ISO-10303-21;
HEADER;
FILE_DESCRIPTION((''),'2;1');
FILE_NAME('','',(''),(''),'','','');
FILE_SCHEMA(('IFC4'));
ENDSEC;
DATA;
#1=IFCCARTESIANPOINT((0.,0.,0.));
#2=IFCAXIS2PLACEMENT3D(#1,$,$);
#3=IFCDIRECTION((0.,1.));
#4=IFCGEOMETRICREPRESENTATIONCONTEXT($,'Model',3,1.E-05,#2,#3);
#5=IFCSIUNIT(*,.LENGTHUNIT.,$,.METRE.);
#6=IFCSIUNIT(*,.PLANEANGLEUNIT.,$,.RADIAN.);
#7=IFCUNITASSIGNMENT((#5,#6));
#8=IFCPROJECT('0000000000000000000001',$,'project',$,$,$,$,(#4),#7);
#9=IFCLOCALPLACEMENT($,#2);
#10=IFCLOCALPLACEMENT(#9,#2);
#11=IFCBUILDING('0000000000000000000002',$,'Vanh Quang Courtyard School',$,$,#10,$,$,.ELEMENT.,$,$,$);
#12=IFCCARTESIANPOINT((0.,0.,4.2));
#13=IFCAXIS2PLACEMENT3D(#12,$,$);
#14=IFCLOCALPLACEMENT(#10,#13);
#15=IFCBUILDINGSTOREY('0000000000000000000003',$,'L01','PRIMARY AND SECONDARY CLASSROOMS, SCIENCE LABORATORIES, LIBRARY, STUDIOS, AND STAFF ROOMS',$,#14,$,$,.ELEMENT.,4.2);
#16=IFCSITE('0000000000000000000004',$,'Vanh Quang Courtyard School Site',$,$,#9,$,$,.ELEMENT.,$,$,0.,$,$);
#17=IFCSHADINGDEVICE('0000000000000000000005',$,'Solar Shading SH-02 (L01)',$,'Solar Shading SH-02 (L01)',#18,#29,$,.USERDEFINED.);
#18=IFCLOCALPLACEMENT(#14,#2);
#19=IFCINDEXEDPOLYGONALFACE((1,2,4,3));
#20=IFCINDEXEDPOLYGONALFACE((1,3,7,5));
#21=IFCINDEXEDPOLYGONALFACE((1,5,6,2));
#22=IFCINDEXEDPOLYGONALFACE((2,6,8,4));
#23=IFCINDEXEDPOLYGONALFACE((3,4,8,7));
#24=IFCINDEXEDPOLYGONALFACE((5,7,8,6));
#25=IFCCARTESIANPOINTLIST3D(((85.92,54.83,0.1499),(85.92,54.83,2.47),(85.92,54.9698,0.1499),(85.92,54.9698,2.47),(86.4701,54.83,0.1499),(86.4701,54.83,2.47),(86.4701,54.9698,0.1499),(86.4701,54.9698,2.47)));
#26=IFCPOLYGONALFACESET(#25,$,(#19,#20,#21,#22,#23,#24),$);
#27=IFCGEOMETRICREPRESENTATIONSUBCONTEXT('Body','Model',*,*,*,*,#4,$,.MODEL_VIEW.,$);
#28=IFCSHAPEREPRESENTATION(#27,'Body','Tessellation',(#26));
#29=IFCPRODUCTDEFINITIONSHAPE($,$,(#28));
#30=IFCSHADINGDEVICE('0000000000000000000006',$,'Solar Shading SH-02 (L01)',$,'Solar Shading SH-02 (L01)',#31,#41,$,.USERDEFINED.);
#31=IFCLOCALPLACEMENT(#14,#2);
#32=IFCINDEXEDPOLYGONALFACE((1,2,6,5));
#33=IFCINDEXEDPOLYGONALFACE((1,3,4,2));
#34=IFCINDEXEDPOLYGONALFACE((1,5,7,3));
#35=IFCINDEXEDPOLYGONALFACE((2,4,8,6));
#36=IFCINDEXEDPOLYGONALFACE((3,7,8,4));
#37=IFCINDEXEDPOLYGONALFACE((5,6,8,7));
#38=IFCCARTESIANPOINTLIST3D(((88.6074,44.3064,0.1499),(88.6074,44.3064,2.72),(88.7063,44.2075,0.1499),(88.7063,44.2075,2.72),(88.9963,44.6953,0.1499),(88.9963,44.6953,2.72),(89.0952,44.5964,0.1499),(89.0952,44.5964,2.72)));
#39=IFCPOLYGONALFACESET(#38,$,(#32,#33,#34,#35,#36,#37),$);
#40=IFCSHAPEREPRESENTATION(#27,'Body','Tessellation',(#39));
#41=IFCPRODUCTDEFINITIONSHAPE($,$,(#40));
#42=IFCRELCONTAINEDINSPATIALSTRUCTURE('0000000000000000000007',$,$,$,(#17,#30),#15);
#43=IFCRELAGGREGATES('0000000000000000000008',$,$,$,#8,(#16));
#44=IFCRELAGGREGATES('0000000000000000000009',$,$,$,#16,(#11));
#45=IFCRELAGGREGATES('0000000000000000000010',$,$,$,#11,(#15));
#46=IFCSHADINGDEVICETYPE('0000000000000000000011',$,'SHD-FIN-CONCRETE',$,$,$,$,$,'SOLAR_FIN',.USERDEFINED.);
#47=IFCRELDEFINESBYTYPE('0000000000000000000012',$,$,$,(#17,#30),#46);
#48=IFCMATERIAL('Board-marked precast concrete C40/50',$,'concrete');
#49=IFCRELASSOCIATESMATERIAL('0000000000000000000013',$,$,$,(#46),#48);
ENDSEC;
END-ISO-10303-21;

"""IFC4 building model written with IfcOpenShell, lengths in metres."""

from ifc_helpers import new_model, si_unit, direction, frame, origin, origin_2d, place, context, subcontext, project, spatial, rectangle, extrude, material, type_object, element, save


model = new_model("IFC4")

# Units and contexts
model_context = context("Model", 3, precision=1e-05, world=origin(), true_north=direction((0.0, 1.0)))
body_context = subcontext(model_context, "Body", "Model", "MODEL_VIEW")
ifc_project = project(units=[si_unit("LENGTHUNIT", "METRE"), si_unit("PLANEANGLEUNIT", "RADIAN")], contexts=[model_context])

# Site, building, storey
site_placement = place(None, origin())
site = spatial("IfcSite", under=ifc_project, at=site_placement, Name="Vanh Quang Courtyard School Site", CompositionType="ELEMENT", RefElevation=0.0)
building_placement = place(site_placement, origin())
building = spatial("IfcBuilding", under=site, at=building_placement, Name="Vanh Quang Courtyard School", CompositionType="ELEMENT")
storey_placement = place(building_placement, frame((0.0, 0.0, 4.2)))
storey = spatial("IfcBuildingStorey", under=building, at=storey_placement, Name="L01", Description="PRIMARY AND SECONDARY CLASSROOMS, SCIENCE LABORATORIES, LIBRARY, STUDIOS, AND STAFF ROOMS", CompositionType="ELEMENT", Elevation=4.2)

# Shared definitions
ifc_material_1 = material(Name="Board-marked precast concrete C40/50", Category="concrete")

# Shading devices
shading_device_type = type_object("IfcShadingDeviceType", Name="SHD-FIN-CONCRETE", ElementType="SOLAR_FIN", PredefinedType="USERDEFINED", material=ifc_material_1)
shading_device_1_placement = place(storey_placement, frame((86.1951, 54.8999, 0.1499), z_axis=(0.0, 0.0, 1.0), x_axis=(0.0, -1.0, 0.0)))
element("IfcShadingDevice", 1, at=shading_device_1_placement, inside=storey, type_object=shading_device_type, Name="Solar Shading SH-02 (L01)", ObjectType="Solar Shading SH-02 (L01)", PredefinedType="USERDEFINED", context=body_context, shape_type="SweptSolid", body=[
    extrude(rectangle(XDim=0.1399, YDim=0.55, at=origin_2d()), origin(), (0.0, 0.0, 1.0), 2.3201),
])
shading_device_2_placement = place(storey_placement, frame((88.8513, 44.4514, 0.1499), z_axis=(0.0, 0.0, 1.0), x_axis=(0.707107, -0.707107, 0.0)))
element("IfcShadingDevice", 2, at=shading_device_2_placement, inside=storey, type_object=shading_device_type, Name="Solar Shading SH-02 (L01)", ObjectType="Solar Shading SH-02 (L01)", PredefinedType="USERDEFINED", context=body_context, shape_type="SweptSolid", body=[
    extrude(rectangle(XDim=0.1399, YDim=0.55, at=origin_2d()), origin(), (0.0, 0.0, 1.0), 2.5701),
])

save(model, "model.ifc")
